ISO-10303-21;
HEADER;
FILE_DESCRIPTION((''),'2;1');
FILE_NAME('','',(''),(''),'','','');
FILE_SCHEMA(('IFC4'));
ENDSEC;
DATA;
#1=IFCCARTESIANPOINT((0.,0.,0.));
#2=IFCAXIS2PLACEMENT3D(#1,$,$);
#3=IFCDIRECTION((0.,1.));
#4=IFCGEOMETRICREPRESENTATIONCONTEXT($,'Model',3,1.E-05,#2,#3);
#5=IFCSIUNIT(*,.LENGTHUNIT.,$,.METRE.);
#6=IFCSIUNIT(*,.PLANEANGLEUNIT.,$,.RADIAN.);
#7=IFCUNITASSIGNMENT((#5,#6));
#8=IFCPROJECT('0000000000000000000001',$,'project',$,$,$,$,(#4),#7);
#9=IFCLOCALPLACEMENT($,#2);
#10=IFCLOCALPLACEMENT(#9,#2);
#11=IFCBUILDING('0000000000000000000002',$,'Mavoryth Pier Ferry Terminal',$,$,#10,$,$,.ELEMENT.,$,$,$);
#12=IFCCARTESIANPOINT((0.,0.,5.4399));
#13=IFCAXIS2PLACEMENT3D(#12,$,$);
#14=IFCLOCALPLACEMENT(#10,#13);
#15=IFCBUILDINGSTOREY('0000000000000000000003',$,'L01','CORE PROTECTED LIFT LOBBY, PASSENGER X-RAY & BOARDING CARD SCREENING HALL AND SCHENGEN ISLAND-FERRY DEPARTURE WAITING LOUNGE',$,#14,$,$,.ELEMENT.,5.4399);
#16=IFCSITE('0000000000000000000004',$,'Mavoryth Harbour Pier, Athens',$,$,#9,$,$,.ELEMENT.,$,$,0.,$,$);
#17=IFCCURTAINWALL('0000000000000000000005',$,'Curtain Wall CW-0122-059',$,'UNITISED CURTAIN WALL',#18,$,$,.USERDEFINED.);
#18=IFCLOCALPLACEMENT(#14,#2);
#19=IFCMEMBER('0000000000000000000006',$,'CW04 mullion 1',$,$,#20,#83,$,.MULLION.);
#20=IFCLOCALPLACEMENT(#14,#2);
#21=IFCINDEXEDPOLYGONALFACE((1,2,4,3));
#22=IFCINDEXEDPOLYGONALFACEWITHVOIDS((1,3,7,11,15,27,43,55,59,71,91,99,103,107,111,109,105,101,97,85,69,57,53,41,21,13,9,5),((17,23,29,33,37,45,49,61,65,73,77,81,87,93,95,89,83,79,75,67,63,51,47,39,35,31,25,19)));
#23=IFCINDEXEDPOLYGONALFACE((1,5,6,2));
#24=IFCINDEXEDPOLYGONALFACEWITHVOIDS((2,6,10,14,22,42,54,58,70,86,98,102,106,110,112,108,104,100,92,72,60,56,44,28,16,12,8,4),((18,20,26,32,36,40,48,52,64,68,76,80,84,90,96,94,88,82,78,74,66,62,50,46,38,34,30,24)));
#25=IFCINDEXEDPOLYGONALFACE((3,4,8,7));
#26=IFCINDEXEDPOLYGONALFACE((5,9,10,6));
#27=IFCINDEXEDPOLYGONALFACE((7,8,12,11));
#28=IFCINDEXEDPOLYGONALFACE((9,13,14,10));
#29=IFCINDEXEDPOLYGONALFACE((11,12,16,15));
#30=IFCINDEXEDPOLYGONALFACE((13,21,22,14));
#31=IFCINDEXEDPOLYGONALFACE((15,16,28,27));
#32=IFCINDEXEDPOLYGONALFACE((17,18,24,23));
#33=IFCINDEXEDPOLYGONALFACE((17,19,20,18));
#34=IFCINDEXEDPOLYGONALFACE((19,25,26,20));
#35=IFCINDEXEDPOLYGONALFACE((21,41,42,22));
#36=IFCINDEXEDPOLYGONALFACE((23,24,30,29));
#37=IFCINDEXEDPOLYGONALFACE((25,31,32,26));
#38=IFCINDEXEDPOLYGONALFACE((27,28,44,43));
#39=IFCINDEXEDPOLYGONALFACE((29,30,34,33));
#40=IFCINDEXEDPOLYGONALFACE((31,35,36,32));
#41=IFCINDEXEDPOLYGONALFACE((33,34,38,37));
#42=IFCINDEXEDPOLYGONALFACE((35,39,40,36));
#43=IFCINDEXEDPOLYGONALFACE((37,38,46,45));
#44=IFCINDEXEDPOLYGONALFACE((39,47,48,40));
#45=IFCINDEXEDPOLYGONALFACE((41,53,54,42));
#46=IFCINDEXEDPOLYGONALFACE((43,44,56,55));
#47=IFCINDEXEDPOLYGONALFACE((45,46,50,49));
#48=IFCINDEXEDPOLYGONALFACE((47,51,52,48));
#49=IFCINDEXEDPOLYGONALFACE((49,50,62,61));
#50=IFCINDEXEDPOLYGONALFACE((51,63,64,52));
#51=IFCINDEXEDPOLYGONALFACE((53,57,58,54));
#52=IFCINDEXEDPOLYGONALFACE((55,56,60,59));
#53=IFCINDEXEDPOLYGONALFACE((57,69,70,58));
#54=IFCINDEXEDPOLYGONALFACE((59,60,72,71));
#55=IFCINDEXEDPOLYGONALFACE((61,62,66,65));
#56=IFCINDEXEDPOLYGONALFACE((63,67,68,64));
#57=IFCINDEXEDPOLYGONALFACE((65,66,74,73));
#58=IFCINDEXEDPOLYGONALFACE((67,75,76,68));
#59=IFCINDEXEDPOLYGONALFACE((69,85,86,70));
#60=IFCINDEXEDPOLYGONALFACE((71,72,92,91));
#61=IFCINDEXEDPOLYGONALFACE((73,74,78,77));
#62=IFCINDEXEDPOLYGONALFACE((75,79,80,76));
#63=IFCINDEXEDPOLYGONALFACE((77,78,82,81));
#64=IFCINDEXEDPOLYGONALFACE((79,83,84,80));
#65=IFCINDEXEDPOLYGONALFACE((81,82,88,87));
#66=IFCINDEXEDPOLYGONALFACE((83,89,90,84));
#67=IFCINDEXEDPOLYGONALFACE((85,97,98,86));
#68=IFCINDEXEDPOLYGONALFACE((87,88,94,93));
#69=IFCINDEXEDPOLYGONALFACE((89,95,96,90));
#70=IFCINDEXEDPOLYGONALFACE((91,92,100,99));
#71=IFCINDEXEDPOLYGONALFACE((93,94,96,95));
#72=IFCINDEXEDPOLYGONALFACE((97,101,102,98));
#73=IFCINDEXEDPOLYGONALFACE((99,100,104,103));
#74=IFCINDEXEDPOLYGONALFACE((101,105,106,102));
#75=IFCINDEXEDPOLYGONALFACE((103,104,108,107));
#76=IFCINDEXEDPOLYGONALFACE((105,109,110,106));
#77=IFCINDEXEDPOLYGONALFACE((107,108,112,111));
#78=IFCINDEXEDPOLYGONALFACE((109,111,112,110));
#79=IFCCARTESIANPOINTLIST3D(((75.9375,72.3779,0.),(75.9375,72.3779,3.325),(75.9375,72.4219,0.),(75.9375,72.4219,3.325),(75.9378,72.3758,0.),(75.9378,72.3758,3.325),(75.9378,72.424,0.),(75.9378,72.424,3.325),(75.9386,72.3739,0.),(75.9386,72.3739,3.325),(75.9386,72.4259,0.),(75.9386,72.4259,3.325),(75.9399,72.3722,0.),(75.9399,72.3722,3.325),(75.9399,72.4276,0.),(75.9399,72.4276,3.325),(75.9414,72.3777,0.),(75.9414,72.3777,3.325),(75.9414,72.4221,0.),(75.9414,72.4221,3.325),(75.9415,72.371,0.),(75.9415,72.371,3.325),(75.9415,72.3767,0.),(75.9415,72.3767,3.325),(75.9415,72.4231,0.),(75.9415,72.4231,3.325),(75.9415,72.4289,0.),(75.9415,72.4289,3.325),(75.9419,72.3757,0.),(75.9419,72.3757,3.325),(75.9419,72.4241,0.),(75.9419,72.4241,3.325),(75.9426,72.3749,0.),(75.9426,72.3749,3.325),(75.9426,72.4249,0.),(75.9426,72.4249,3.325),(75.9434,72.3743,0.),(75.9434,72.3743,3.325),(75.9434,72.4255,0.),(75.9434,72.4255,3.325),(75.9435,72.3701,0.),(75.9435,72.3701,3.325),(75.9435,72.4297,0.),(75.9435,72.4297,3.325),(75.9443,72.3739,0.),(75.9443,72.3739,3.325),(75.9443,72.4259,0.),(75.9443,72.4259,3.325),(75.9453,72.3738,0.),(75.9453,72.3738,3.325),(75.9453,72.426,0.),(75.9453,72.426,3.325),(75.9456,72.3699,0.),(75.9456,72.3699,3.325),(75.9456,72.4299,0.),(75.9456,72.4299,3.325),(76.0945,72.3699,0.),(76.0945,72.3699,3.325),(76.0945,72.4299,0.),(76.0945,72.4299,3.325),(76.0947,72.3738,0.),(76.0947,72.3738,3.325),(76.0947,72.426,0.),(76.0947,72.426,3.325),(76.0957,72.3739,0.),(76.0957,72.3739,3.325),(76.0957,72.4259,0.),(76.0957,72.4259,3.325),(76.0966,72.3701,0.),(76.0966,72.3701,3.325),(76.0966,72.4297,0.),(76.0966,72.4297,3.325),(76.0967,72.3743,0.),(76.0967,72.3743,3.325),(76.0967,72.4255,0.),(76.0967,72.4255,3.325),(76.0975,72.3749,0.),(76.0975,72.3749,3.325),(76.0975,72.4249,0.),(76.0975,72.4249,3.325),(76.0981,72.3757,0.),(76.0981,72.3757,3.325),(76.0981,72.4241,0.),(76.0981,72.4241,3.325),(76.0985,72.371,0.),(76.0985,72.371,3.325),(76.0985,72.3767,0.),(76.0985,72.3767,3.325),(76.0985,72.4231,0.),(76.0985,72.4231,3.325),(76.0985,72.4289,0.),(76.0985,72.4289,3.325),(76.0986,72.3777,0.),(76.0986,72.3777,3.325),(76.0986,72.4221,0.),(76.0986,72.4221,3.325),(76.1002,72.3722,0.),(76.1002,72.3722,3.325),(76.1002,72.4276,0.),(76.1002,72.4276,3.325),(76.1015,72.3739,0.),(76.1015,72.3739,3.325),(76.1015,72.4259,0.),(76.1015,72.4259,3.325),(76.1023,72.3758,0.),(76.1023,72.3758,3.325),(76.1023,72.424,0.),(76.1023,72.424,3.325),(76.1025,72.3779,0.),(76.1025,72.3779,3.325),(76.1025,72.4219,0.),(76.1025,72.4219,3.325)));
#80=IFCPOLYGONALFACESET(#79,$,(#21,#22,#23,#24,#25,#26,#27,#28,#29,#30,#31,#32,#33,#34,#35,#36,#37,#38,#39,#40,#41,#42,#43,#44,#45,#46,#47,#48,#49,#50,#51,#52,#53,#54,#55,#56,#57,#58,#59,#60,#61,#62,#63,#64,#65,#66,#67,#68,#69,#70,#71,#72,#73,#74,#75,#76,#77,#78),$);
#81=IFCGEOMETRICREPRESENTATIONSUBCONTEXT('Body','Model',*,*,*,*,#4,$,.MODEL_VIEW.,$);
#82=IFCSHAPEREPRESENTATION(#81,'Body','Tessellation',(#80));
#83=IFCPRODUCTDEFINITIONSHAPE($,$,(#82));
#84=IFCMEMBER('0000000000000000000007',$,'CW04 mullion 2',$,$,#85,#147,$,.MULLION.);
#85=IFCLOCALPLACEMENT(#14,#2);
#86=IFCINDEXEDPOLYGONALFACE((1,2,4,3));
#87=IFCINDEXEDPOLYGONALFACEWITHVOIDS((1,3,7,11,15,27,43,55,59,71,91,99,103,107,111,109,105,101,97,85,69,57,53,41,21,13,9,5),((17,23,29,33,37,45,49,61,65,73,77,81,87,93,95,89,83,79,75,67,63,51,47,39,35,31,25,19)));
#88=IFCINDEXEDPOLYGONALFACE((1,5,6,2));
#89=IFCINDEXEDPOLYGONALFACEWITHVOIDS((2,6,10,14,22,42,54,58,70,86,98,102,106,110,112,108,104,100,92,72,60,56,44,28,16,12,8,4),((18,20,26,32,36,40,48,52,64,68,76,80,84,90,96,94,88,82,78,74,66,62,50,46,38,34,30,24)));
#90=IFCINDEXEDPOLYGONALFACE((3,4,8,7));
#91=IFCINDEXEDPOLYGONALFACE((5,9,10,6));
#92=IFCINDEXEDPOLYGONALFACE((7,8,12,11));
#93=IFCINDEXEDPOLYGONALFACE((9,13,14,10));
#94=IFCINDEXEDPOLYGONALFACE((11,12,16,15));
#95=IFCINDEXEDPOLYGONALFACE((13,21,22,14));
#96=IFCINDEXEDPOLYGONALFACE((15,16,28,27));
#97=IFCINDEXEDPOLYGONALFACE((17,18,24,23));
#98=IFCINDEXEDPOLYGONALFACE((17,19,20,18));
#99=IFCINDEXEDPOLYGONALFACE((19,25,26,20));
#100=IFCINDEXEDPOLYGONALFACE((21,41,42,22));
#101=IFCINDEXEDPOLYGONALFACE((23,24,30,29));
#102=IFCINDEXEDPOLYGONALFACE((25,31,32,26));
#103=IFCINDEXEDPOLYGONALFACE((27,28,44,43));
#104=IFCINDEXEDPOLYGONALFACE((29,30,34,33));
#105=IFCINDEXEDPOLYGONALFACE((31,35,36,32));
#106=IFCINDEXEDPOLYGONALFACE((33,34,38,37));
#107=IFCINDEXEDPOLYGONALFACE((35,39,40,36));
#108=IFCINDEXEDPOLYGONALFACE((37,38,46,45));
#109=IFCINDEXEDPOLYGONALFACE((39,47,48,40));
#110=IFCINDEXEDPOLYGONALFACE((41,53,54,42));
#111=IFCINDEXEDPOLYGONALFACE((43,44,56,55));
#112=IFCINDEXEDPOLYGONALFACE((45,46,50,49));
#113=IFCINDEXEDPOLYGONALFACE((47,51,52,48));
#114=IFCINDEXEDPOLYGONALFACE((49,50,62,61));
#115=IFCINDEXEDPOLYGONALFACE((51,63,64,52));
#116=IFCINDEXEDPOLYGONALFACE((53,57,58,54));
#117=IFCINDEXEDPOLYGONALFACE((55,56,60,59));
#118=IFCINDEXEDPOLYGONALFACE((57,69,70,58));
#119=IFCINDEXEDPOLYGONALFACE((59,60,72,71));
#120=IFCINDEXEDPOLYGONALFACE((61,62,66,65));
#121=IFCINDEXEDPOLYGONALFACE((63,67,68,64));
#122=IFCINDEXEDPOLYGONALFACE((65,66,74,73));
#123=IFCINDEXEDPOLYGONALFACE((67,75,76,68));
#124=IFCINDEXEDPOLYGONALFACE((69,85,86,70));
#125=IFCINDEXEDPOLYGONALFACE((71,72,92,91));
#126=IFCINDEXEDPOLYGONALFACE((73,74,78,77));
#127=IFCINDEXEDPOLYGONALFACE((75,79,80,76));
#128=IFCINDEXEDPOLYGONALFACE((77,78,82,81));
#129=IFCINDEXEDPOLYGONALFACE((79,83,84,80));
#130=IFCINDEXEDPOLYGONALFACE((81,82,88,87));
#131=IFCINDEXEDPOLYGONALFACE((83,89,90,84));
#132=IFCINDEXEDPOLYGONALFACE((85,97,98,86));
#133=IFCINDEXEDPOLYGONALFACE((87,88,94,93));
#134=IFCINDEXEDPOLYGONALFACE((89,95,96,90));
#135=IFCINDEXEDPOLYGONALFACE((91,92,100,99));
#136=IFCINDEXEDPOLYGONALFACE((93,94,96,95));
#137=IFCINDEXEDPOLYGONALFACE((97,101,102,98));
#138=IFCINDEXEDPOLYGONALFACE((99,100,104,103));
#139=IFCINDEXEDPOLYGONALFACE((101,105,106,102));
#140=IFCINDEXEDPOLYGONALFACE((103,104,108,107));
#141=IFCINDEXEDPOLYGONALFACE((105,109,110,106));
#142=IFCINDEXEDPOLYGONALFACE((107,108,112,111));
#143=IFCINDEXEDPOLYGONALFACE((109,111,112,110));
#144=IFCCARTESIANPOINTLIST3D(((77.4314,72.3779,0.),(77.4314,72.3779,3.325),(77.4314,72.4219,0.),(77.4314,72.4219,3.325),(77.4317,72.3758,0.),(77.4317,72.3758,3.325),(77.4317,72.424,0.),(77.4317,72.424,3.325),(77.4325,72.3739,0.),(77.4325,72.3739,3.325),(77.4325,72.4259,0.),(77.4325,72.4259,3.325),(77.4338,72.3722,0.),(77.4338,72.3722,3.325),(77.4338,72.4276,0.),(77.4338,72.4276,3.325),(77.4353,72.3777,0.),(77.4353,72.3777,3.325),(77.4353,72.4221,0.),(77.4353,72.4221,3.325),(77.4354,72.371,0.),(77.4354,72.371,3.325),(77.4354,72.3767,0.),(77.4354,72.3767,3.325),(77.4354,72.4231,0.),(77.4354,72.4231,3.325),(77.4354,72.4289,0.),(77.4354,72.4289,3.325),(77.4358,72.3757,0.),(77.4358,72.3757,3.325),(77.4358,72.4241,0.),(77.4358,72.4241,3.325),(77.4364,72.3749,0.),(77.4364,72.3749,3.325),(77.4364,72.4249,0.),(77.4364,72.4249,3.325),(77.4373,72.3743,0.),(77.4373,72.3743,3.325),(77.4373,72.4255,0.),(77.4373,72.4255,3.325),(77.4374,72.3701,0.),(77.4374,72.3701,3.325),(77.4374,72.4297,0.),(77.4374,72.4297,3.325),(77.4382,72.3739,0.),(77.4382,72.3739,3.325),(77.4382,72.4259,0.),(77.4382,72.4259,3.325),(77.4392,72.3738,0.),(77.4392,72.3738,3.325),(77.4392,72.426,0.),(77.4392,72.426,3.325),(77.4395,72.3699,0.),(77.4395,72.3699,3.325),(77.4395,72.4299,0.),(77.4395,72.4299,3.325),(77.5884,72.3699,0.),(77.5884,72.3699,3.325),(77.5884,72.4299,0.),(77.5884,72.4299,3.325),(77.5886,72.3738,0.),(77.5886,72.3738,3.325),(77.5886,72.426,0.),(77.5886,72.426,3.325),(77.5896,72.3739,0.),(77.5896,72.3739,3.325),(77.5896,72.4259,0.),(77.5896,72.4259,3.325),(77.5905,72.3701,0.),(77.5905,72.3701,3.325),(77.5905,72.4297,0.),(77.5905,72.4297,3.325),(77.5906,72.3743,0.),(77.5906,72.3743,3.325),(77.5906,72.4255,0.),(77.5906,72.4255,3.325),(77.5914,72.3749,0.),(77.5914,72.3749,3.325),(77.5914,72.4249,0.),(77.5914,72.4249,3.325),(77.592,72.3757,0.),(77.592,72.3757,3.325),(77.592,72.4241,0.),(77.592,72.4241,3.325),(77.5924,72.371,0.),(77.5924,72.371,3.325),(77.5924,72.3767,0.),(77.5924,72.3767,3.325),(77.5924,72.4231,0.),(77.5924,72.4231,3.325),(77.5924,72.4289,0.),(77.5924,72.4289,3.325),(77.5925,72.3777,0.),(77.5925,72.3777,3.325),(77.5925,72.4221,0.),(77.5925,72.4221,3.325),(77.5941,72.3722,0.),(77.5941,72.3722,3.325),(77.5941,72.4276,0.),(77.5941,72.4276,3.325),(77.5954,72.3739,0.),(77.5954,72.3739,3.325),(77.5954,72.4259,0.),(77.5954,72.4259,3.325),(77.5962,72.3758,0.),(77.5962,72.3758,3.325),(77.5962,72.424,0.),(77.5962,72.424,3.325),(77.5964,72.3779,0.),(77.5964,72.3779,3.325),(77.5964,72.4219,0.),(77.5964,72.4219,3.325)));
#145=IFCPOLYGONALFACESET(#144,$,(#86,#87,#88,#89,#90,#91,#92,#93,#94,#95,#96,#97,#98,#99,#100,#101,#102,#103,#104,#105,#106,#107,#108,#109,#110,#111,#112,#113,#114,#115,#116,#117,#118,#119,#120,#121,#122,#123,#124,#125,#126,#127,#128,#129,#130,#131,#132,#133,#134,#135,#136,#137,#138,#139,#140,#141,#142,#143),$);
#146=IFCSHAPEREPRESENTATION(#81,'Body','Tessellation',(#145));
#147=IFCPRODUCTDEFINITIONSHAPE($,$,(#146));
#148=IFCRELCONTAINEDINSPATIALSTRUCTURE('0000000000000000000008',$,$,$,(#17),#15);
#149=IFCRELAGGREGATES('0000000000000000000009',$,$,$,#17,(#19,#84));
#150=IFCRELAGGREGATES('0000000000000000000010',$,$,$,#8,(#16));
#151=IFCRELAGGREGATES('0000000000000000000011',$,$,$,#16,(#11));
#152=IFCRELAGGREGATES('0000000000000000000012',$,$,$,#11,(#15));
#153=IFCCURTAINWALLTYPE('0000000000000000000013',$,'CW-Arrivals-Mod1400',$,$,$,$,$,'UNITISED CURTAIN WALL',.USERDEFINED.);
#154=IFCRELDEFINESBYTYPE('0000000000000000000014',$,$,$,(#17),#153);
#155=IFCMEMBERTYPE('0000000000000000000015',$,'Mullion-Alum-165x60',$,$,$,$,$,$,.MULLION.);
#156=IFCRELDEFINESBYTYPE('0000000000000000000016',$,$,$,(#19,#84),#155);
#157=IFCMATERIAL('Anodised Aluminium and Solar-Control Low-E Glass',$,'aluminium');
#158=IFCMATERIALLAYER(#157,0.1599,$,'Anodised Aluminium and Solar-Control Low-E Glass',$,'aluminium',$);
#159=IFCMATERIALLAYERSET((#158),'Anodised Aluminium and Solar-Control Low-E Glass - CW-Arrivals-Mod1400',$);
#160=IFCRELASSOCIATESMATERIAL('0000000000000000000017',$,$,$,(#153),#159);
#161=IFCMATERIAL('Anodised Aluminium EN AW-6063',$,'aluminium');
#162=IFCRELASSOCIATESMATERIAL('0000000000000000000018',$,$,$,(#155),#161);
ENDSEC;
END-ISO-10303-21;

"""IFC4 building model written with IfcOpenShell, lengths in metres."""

from ifc_helpers import new_model, si_unit, direction, frame, origin, origin_2d, place, context, subcontext, project, spatial, hollow_rectangle, extrude, material, layer, layer_set, material_profile, profile_set, type_object, element, aggregate, save


model = new_model("IFC4")

# Units and contexts
model_context = context("Model", 3, precision=1e-05, world=origin(), true_north=direction((0.0, 1.0)))
body_context = subcontext(model_context, "Body", "Model", "MODEL_VIEW")
ifc_project = project(units=[si_unit("LENGTHUNIT", "METRE"), si_unit("PLANEANGLEUNIT", "RADIAN")], contexts=[model_context])

# Site, building, storey
site_placement = place(None, origin())
site = spatial("IfcSite", under=ifc_project, at=site_placement, Name="Mavoryth Harbour Pier, Athens", CompositionType="ELEMENT", RefElevation=0.0)
building_placement = place(site_placement, origin())
building = spatial("IfcBuilding", under=site, at=building_placement, Name="Mavoryth Pier Ferry Terminal", CompositionType="ELEMENT")
storey_placement = place(building_placement, frame((0.0, 0.0, 5.4399)))
storey = spatial("IfcBuildingStorey", under=building, at=storey_placement, Name="L01", Description="CORE PROTECTED LIFT LOBBY, PASSENGER X-RAY & BOARDING CARD SCREENING HALL AND SCHENGEN ISLAND-FERRY DEPARTURE WAITING LOUNGE", CompositionType="ELEMENT", Elevation=5.4399)

# Shared definitions
ifc_material_1 = material(Name="Anodised Aluminium and Solar-Control Low-E Glass", Category="aluminium")
ifc_layer_1 = layer(ifc_material_1, 0.1599, Name="Anodised Aluminium and Solar-Control Low-E Glass", Category="aluminium")
ifc_layer_set_1 = layer_set([ifc_layer_1], Name="Anodised Aluminium and Solar-Control Low-E Glass - CW-Arrivals-Mod1400")
curtain_wall_type = type_object("IfcCurtainWallType", Name="CW-Arrivals-Mod1400", ElementType="UNITISED CURTAIN WALL", PredefinedType="USERDEFINED", material=ifc_layer_set_1)
ifc_material_2 = material(Name="Anodised Aluminium EN AW-6063", Category="aluminium")
ifc_material_profile_1 = material_profile(ifc_material_2, hollow_rectangle(XDim=0.0601, YDim=0.165, WallThickness=0.0039, InnerFilletRadius=0.0039, OuterFilletRadius=0.0081, at=origin_2d()), Name="AL-MULL 165x60x4", Category="aluminium")
ifc_profile_set_1 = profile_set([ifc_material_profile_1], Name="Anodised Aluminium EN AW-6063 - AL-MULL 165x60x4")
member_type_1 = type_object("IfcMemberType", Name="Mullion-Alum-165x60", PredefinedType="MULLION", material=ifc_profile_set_1)

# Curtain wall, members
curtain_wall_1_placement = place(storey_placement, origin())
curtain_wall_1 = element("IfcCurtainWall", 1, at=curtain_wall_1_placement, inside=storey, type_object=curtain_wall_type, Name="Curtain Wall CW-0122-059", ObjectType="UNITISED CURTAIN WALL", PredefinedType="USERDEFINED")
member_1_placement = place(storey_placement, frame((76.02, 72.3999, 0.0), z_axis=(0.0, 0.0, 1.0), x_axis=(0.0, 1.0, 0.0)))
member_1 = element("IfcMember", 2, at=member_1_placement, type_object=member_type_1, Name="CW04 mullion 1", PredefinedType="MULLION", context=body_context, shape_type="SweptSolid", body=[
    extrude(hollow_rectangle(XDim=0.0601, YDim=0.165, WallThickness=0.0039, InnerFilletRadius=0.0039, OuterFilletRadius=0.0081, at=origin_2d()), origin(), (0.0, 0.0, 1.0), 3.325),
])
member_2_placement = place(storey_placement, frame((77.5139, 72.3999, 0.0), z_axis=(0.0, 0.0, 1.0), x_axis=(0.0, 1.0, 0.0)))
member_2 = element("IfcMember", 3, at=member_2_placement, type_object=member_type_1, Name="CW04 mullion 2", PredefinedType="MULLION", context=body_context, shape_type="SweptSolid", body=[
    extrude(hollow_rectangle(XDim=0.0601, YDim=0.165, WallThickness=0.0039, InnerFilletRadius=0.0039, OuterFilletRadius=0.0081, at=origin_2d()), origin(), (0.0, 0.0, 1.0), 3.325),
])

aggregate(curtain_wall_1, [member_1, member_2])

save(model, "model.ifc")
